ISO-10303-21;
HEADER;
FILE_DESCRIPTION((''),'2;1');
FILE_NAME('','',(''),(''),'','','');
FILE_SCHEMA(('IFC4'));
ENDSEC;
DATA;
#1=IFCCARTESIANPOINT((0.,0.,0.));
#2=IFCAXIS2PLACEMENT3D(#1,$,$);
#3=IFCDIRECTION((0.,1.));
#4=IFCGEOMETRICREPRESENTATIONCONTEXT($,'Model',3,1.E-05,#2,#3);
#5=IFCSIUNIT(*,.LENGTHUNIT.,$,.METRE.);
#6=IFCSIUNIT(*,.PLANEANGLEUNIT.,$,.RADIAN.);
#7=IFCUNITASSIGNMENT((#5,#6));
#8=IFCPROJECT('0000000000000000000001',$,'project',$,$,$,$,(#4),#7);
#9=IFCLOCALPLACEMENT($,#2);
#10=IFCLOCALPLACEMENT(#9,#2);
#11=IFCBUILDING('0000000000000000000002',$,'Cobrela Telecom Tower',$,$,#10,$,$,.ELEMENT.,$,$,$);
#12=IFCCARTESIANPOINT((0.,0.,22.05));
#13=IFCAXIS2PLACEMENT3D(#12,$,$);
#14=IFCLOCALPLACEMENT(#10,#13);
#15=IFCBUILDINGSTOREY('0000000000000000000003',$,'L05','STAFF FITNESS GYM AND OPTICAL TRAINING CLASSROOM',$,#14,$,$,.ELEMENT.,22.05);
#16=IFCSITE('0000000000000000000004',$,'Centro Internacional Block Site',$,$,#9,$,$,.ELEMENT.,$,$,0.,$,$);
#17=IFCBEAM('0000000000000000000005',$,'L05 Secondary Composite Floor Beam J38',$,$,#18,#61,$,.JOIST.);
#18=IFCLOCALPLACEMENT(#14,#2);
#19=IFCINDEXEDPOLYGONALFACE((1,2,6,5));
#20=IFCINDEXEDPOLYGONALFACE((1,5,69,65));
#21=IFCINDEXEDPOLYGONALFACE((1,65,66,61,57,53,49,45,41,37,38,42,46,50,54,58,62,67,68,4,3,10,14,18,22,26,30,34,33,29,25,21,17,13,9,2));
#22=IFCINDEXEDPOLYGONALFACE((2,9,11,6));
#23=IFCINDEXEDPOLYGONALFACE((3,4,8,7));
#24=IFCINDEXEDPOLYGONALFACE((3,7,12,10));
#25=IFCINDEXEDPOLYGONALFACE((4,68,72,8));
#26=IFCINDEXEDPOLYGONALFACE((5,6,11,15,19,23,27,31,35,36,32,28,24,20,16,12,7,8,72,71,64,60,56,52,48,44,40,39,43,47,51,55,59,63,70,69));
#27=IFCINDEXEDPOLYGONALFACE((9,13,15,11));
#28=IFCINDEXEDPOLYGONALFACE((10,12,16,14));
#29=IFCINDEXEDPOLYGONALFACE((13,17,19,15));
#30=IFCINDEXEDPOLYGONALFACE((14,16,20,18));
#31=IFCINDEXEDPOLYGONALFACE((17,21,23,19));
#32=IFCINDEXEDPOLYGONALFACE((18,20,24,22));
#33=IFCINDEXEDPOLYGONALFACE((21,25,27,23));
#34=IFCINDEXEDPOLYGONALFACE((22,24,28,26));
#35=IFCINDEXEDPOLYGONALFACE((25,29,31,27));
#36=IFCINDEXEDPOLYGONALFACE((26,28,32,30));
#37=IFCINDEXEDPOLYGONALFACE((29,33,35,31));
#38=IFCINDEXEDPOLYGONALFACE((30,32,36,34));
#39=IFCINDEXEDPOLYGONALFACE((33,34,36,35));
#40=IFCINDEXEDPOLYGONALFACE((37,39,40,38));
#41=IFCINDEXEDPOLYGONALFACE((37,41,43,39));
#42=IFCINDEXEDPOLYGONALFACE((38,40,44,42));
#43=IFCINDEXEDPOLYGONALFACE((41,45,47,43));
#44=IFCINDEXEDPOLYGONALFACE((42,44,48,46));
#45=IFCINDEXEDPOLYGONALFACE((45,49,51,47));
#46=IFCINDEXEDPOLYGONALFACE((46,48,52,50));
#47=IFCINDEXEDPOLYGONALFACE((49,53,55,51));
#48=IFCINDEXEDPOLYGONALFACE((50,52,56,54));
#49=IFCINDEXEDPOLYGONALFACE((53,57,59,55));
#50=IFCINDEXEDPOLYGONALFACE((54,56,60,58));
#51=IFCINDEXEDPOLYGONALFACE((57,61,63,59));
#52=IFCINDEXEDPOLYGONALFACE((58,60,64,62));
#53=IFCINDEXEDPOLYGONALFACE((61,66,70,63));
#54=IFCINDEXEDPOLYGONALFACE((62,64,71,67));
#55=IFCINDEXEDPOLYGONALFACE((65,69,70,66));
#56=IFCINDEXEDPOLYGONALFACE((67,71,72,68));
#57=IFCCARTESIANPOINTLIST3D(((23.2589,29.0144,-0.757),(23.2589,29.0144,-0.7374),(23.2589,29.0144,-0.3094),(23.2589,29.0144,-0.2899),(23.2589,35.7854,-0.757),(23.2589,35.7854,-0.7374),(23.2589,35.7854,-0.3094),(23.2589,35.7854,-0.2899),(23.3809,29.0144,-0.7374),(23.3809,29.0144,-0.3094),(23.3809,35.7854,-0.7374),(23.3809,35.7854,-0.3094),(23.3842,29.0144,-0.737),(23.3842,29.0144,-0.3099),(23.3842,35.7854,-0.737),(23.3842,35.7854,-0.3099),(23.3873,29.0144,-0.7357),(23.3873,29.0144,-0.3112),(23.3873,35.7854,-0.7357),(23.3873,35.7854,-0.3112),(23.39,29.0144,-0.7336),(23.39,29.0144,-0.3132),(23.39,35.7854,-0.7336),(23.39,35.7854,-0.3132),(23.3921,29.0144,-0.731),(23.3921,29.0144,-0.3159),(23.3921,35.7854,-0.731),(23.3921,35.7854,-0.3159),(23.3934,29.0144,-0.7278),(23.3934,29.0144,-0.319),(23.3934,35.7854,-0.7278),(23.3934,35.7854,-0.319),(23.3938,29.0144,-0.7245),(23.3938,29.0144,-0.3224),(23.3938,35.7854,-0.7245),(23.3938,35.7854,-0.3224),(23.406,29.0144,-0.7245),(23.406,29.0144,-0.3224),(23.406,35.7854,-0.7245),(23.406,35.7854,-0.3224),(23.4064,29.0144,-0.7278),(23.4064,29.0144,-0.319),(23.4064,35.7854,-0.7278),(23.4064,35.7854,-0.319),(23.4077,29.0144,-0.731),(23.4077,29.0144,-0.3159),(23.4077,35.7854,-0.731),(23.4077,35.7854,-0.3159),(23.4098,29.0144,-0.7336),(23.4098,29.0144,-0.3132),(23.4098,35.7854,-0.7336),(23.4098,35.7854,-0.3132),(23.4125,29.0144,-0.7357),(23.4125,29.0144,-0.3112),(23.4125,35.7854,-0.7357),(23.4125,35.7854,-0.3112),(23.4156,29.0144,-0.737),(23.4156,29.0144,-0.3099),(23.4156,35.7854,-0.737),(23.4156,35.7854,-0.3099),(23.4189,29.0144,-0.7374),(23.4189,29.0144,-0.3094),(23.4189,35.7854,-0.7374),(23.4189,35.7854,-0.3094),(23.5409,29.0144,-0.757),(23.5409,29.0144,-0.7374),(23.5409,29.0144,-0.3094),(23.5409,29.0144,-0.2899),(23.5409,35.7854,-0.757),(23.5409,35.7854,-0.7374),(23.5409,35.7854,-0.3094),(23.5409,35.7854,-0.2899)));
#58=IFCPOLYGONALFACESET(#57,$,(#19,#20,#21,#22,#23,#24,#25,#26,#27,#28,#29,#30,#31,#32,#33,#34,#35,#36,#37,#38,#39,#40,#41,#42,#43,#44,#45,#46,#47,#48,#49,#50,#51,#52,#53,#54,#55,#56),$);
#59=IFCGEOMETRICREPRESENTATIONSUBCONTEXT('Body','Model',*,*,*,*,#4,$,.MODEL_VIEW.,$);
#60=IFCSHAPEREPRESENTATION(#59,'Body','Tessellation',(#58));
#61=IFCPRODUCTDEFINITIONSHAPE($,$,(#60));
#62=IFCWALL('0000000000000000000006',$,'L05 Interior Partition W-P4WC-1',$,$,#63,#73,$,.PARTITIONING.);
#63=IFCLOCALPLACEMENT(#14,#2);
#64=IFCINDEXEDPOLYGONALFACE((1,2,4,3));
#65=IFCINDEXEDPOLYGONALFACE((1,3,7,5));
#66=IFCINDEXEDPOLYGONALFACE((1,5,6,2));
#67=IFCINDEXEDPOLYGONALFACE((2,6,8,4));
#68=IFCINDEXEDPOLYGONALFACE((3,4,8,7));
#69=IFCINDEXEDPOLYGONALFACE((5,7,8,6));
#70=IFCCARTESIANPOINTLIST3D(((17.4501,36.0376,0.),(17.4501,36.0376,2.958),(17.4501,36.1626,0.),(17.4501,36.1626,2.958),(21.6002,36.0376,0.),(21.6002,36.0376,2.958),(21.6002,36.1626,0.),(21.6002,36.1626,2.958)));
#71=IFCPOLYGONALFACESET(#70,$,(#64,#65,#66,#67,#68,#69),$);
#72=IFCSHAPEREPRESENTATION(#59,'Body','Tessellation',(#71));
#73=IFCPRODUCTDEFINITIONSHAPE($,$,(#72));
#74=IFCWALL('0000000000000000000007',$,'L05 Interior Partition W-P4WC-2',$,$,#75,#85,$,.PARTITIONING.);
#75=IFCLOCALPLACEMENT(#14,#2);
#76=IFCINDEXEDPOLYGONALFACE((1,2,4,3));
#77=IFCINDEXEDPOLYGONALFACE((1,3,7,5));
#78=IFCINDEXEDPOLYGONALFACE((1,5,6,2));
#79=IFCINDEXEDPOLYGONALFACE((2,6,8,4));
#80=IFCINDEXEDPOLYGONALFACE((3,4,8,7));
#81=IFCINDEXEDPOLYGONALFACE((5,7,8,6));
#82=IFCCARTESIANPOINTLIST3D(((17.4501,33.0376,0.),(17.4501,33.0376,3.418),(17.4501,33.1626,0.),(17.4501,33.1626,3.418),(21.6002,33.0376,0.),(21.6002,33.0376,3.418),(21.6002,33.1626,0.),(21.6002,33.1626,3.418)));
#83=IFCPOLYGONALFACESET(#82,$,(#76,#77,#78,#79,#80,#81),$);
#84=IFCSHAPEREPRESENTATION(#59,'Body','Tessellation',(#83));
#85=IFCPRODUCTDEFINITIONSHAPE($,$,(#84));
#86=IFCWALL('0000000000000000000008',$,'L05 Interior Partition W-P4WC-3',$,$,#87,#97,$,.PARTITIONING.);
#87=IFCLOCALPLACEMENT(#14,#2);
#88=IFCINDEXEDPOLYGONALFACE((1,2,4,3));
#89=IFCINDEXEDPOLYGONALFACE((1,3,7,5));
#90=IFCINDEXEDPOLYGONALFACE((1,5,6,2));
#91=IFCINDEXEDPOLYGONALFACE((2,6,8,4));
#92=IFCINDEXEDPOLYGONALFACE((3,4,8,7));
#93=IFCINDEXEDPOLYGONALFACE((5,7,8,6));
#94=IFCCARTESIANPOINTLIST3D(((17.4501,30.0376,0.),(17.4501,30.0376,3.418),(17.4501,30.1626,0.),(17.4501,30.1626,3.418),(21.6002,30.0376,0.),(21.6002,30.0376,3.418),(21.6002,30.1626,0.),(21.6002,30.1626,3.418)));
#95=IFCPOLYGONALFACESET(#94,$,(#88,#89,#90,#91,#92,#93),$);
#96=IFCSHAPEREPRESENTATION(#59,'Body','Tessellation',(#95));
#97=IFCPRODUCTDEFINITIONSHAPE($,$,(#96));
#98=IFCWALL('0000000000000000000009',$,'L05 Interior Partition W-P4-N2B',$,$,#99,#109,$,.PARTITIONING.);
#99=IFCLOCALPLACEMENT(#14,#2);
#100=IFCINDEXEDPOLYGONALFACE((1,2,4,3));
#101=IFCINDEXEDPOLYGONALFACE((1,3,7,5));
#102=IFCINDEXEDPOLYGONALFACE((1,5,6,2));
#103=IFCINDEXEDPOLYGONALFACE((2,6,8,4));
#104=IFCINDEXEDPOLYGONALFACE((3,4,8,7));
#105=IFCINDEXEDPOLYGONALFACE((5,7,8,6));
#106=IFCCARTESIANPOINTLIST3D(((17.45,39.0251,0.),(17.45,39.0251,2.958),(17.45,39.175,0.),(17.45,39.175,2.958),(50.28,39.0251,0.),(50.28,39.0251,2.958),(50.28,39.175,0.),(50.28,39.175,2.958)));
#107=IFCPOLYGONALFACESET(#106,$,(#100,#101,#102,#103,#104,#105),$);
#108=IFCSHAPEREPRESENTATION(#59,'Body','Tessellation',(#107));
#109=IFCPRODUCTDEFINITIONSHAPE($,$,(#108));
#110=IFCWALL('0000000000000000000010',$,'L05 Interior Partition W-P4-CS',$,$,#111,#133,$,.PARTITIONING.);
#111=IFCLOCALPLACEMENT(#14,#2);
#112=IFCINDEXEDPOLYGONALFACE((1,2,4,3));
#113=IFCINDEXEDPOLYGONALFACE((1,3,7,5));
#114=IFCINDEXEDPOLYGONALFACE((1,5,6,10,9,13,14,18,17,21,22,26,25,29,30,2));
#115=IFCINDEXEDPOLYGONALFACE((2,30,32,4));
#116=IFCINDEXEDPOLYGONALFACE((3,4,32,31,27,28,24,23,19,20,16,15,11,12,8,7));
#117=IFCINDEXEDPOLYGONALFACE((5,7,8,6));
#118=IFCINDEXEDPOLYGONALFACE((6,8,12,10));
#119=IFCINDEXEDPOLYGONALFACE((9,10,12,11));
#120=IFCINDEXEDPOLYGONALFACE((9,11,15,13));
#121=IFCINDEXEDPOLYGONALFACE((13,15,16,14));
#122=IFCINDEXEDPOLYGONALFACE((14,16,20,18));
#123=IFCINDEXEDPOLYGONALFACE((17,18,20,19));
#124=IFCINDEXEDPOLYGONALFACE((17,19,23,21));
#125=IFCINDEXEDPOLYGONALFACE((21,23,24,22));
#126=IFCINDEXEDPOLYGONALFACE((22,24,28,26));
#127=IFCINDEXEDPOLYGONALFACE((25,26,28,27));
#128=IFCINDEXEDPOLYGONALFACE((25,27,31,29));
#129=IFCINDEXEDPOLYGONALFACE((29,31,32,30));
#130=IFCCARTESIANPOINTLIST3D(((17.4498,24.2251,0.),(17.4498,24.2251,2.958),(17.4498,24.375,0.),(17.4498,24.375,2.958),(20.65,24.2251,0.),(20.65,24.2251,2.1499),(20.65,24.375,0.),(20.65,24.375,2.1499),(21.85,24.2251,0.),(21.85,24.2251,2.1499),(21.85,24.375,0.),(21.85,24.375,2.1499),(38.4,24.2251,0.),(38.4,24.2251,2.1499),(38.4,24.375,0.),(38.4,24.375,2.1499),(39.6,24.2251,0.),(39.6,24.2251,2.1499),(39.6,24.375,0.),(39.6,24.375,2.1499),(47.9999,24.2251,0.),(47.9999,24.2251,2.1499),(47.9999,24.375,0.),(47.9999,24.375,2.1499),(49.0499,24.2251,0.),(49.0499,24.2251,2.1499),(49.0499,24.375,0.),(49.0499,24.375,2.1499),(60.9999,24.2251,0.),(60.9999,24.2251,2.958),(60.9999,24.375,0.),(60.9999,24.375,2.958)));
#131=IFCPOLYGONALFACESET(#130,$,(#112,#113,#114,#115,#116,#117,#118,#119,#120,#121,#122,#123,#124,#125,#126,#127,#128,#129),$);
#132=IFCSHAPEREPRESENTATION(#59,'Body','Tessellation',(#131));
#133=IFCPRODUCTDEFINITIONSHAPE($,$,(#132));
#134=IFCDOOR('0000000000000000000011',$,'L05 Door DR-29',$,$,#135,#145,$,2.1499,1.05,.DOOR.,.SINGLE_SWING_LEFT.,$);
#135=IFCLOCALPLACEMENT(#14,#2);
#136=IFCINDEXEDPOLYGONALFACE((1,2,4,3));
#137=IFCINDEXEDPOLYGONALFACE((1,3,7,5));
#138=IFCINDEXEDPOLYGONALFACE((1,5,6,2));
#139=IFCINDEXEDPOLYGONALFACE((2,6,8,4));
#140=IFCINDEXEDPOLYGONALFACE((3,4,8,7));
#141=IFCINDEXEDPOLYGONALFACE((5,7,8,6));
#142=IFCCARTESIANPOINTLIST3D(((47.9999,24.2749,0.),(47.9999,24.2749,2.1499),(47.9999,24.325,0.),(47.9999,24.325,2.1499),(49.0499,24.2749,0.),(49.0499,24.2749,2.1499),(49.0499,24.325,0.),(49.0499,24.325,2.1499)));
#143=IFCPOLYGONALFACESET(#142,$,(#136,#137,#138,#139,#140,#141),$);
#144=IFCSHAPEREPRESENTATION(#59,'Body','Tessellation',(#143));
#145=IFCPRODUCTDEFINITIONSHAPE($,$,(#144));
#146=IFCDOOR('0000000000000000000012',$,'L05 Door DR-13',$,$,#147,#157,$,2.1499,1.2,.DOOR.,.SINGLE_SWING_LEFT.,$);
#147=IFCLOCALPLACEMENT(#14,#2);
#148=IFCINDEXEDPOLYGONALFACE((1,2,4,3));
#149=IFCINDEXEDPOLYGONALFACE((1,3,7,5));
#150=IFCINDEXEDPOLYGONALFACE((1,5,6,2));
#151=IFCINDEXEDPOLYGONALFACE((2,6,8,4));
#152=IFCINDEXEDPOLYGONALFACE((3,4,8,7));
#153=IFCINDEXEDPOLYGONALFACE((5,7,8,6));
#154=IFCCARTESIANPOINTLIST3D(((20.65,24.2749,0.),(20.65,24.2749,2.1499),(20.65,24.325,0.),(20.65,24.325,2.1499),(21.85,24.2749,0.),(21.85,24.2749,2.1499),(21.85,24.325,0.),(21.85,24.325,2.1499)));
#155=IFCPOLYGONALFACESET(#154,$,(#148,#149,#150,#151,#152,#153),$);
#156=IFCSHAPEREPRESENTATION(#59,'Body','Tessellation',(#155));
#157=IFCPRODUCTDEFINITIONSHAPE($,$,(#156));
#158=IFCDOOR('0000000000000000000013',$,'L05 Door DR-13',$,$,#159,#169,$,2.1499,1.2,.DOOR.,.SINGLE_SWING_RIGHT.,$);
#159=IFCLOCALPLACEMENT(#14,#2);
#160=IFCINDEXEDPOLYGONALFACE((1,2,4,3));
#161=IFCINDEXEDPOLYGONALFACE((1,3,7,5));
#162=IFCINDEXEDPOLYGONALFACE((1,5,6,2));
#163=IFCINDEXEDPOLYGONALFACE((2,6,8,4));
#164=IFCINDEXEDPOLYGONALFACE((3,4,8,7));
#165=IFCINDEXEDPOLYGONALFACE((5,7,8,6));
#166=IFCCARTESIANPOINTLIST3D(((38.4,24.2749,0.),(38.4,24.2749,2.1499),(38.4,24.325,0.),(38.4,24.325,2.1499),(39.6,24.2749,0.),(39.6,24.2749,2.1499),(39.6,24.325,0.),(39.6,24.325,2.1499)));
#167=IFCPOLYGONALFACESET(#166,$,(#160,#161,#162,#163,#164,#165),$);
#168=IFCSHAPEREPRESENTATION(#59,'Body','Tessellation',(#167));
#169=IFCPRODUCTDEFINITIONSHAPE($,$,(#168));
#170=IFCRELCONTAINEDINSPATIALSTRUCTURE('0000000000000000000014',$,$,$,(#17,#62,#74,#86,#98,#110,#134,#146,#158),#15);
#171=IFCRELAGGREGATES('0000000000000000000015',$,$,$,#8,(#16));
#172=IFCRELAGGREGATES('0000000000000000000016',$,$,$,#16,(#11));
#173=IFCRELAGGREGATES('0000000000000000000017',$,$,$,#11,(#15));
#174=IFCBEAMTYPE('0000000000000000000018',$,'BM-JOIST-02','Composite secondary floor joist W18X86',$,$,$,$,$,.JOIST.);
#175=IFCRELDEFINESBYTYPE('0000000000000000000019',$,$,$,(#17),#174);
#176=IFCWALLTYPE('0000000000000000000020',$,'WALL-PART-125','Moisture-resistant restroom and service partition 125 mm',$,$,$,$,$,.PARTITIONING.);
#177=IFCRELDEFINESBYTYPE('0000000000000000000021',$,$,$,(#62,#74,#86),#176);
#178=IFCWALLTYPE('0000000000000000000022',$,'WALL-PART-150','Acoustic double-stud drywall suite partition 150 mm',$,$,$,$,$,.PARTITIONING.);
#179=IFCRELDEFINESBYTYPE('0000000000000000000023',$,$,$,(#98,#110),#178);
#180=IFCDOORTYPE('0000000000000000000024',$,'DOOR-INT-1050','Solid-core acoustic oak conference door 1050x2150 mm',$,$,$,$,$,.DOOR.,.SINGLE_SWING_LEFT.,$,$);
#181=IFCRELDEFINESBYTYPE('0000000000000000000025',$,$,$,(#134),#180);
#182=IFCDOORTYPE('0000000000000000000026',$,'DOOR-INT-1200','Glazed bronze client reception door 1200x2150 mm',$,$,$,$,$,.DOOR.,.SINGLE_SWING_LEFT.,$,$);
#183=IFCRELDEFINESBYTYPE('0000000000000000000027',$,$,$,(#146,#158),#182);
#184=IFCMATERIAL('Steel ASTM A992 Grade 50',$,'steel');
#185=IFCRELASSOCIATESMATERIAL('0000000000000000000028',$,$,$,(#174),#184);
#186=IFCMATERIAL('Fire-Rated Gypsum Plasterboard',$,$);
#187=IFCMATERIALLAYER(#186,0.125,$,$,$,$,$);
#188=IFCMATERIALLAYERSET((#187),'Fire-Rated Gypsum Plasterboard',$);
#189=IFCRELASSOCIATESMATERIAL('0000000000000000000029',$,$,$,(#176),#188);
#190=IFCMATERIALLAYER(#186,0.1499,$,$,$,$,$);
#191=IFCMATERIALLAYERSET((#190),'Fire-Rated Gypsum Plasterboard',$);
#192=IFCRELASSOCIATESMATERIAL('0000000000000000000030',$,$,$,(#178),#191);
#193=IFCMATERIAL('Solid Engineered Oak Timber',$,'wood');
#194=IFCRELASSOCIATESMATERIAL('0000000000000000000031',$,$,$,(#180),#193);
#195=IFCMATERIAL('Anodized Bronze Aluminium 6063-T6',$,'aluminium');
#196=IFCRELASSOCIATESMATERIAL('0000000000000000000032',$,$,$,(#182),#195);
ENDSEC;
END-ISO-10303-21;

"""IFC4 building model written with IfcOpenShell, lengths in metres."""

from ifc_helpers import new_model, si_unit, direction, frame, frame_2d, origin, origin_2d, place, context, subcontext, project, spatial, rectangle, i_section, extrude, material, layer, layer_set, material_profile, profile_set, type_object, element, fill, save


model = new_model("IFC4")

# Units and contexts
model_context = context("Model", 3, precision=1e-05, world=origin(), true_north=direction((0.0, 1.0)))
body_context = subcontext(model_context, "Body", "Model", "MODEL_VIEW")
ifc_project = project(units=[si_unit("LENGTHUNIT", "METRE"), si_unit("PLANEANGLEUNIT", "RADIAN")], contexts=[model_context])

# Site, building, storey
site_placement = place(None, origin())
site = spatial("IfcSite", under=ifc_project, at=site_placement, Name="Centro Internacional Block Site", CompositionType="ELEMENT", RefElevation=0.0)
building_placement = place(site_placement, origin())
building = spatial("IfcBuilding", under=site, at=building_placement, Name="Cobrela Telecom Tower", CompositionType="ELEMENT")
storey_placement = place(building_placement, frame((0.0, 0.0, 22.05)))
storey = spatial("IfcBuildingStorey", under=building, at=storey_placement, Name="L05", Description="STAFF FITNESS GYM AND OPTICAL TRAINING CLASSROOM", CompositionType="ELEMENT", Elevation=22.05)

# Beam
ifc_material_1 = material(Name="Steel ASTM A992 Grade 50", Category="steel")
ifc_material_profile_1 = material_profile(ifc_material_1, i_section(OverallWidth=0.282, OverallDepth=0.467, WebThickness=0.0122, FlangeThickness=0.0195, FilletRadius=0.0129, at=origin_2d()), Name="W18X86")
ifc_profile_set_1 = profile_set([ifc_material_profile_1], Name="Steel ASTM A992 Grade 50")
beam_type_1 = type_object("IfcBeamType", Name="BM-JOIST-02", Description="Composite secondary floor joist W18X86", PredefinedType="JOIST", material=ifc_profile_set_1)
beam_1_placement = place(storey_placement, frame((23.3999, 29.0144, -0.5234), z_axis=(0.0, 1.0, 0.0), x_axis=(-1.0, 0.0, 0.0)))
element("IfcBeam", 1, at=beam_1_placement, inside=storey, type_object=beam_type_1, Name="L05 Secondary Composite Floor Beam J38", PredefinedType="JOIST", context=body_context, shape_type="SweptSolid", body=[
    extrude(i_section(OverallWidth=0.282, OverallDepth=0.467, WebThickness=0.0122, FlangeThickness=0.0195, FilletRadius=0.0129, at=origin_2d()), origin(), (0.0, 0.0, 1.0), 6.771),
])

# Walls
ifc_material_2 = material(Name="Fire-Rated Gypsum Plasterboard")
ifc_layer_1 = layer(ifc_material_2, 0.125)
ifc_layer_set_1 = layer_set([ifc_layer_1], Name="Fire-Rated Gypsum Plasterboard")
wall_type_1 = type_object("IfcWallType", Name="WALL-PART-125", Description="Moisture-resistant restroom and service partition 125 mm", PredefinedType="PARTITIONING", material=ifc_layer_set_1)
wall_1_placement = place(storey_placement, frame((17.45, 36.1001, 0.0), z_axis=(0.0, 0.0, 1.0), x_axis=(1.0, 0.0, 0.0)))
element("IfcWall", 2, at=wall_1_placement, inside=storey, type_object=wall_type_1, Name="L05 Interior Partition W-P4WC-1", PredefinedType="PARTITIONING", context=body_context, shape_type="SweptSolid", body=[
    extrude(rectangle(XDim=4.1501, YDim=0.125, at=frame_2d((2.0752, 0.0))), origin(), (0.0, 0.0, 1.0), 2.958),
])
for number, where, z_axis, x_axis, name in (
    (3, (17.45, 33.1001, 0.0), (0.0, 0.0, 1.0), (1.0, 0.0, 0.0), "L05 Interior Partition W-P4WC-2"),
    (4, (17.45, 30.1001, 0.0), (0.0, 0.0, 1.0), (1.0, 0.0, 0.0), "L05 Interior Partition W-P4WC-3"),
):
    element("IfcWall", number, at=place(storey_placement, frame(where, z_axis=z_axis, x_axis=x_axis)), inside=storey, type_object=wall_type_1, Name=name, PredefinedType="PARTITIONING", context=body_context, shape_type="SweptSolid", body=[
        extrude(rectangle(XDim=4.1501, YDim=0.125, at=frame_2d((2.0752, 0.0))), origin(), (0.0, 0.0, 1.0), 3.418),
    ])

# Shared definitions
ifc_layer_2 = layer(ifc_material_2, 0.1499)
ifc_layer_set_2 = layer_set([ifc_layer_2], Name="Fire-Rated Gypsum Plasterboard")
wall_type_2 = type_object("IfcWallType", Name="WALL-PART-150", Description="Acoustic double-stud drywall suite partition 150 mm", PredefinedType="PARTITIONING", material=ifc_layer_set_2)
ifc_material_3 = material(Name="Solid Engineered Oak Timber", Category="wood")

# Wall
wall_2_placement = place(storey_placement, frame((17.45, 39.1001, 0.0), z_axis=(0.0, 0.0, 1.0), x_axis=(1.0, 0.0, 0.0)))
element("IfcWall", 5, at=wall_2_placement, inside=storey, type_object=wall_type_2, Name="L05 Interior Partition W-P4-N2B", PredefinedType="PARTITIONING", context=body_context, shape_type="SweptSolid", body=[
    extrude(rectangle(XDim=32.8301, YDim=0.1499, at=frame_2d((16.415, 0.0))), origin(), (0.0, 0.0, 1.0), 2.958),
])

# Wall, openings, doors
wall_3_placement = place(storey_placement, frame((17.45, 24.3, 0.0), z_axis=(0.0, 0.0, 1.0), x_axis=(1.0, 0.0, 0.0)))
wall_3 = element("IfcWall", 6, at=wall_3_placement, inside=storey, type_object=wall_type_2, Name="L05 Interior Partition W-P4-CS", PredefinedType="PARTITIONING", context=body_context, shape_type="SweptSolid", body=[
    extrude(rectangle(XDim=43.55, YDim=0.1499, at=frame_2d((21.7749, 0.0))), origin(), (0.0, 0.0, 1.0), 2.958),
])
opening_1_placement = place(wall_3_placement, frame((3.2, 0.0, 0.0)))
opening_1 = element("IfcOpeningElement", 7, at=opening_1_placement, cuts=wall_3, PredefinedType="OPENING", context=body_context, shape_type="SweptSolid", body=[
    extrude(rectangle(XDim=1.2, YDim=2.1499, at=frame_2d((0.6001, 1.075))), frame((0.0, 0.0869, 0.0), z_axis=(0.0, -1.0, 0.0), x_axis=(1.0, 0.0, 0.0)), (0.0, 0.0, 1.0), 0.1738),
])
opening_2_placement = place(wall_3_placement, frame((20.95, 0.0, 0.0)))
opening_2 = element("IfcOpeningElement", 8, at=opening_2_placement, cuts=wall_3, PredefinedType="OPENING", context=body_context, shape_type="SweptSolid", body=[
    extrude(rectangle(XDim=1.2, YDim=2.1499, at=frame_2d((0.6001, 1.075))), frame((0.0, 0.0869, 0.0), z_axis=(0.0, -1.0, 0.0), x_axis=(1.0, 0.0, 0.0)), (0.0, 0.0, 1.0), 0.1738),
])
opening_3_placement = place(wall_3_placement, frame((30.55, 0.0, 0.0)))
opening_3 = element("IfcOpeningElement", 9, at=opening_3_placement, cuts=wall_3, PredefinedType="OPENING", context=body_context, shape_type="SweptSolid", body=[
    extrude(rectangle(XDim=1.05, YDim=2.1499, at=frame_2d((0.5249, 1.075))), frame((0.0, 0.0869, 0.0), z_axis=(0.0, -1.0, 0.0), x_axis=(1.0, 0.0, 0.0)), (0.0, 0.0, 1.0), 0.1738),
])
door_type_1 = type_object("IfcDoorType", Name="DOOR-INT-1050", Description="Solid-core acoustic oak conference door 1050x2150 mm", OperationType="SINGLE_SWING_LEFT", PredefinedType="DOOR", material=ifc_material_3)
door_1_placement = place(opening_3_placement, origin())
door_1 = element("IfcDoor", 10, at=door_1_placement, inside=storey, type_object=door_type_1, Name="L05 Door DR-29", OperationType="SINGLE_SWING_LEFT", OverallHeight=2.1499, OverallWidth=1.05, PredefinedType="DOOR", context=body_context, shape_type="SweptSolid", body=[
    extrude(rectangle(XDim=1.05, YDim=2.1499, at=frame_2d((0.5249, 1.075))), frame((0.0, 0.0249, 0.0), z_axis=(0.0, -1.0, 0.0), x_axis=(1.0, 0.0, 0.0)), (0.0, 0.0, 1.0), 0.05),
])
fill(opening_3, door_1)
ifc_material_4 = material(Name="Anodized Bronze Aluminium 6063-T6", Category="aluminium")
door_type_2 = type_object("IfcDoorType", Name="DOOR-INT-1200", Description="Glazed bronze client reception door 1200x2150 mm", OperationType="SINGLE_SWING_LEFT", PredefinedType="DOOR", material=ifc_material_4)
door_2_placement = place(opening_1_placement, origin())
door_2 = element("IfcDoor", 11, at=door_2_placement, inside=storey, type_object=door_type_2, Name="L05 Door DR-13", OperationType="SINGLE_SWING_LEFT", OverallHeight=2.1499, OverallWidth=1.2, PredefinedType="DOOR", context=body_context, shape_type="SweptSolid", body=[
    extrude(rectangle(XDim=1.2, YDim=2.1499, at=frame_2d((0.6001, 1.075))), frame((0.0, 0.0249, 0.0), z_axis=(0.0, -1.0, 0.0), x_axis=(1.0, 0.0, 0.0)), (0.0, 0.0, 1.0), 0.05),
])
fill(opening_1, door_2)
door_3_placement = place(opening_2_placement, origin())
door_3 = element("IfcDoor", 12, at=door_3_placement, inside=storey, type_object=door_type_2, Name="L05 Door DR-13", OperationType="SINGLE_SWING_RIGHT", OverallHeight=2.1499, OverallWidth=1.2, PredefinedType="DOOR", context=body_context, shape_type="SweptSolid", body=[
    extrude(rectangle(XDim=1.2, YDim=2.1499, at=frame_2d((0.6001, 1.075))), frame((0.0, 0.0249, 0.0), z_axis=(0.0, -1.0, 0.0), x_axis=(1.0, 0.0, 0.0)), (0.0, 0.0, 1.0), 0.05),
])
fill(opening_2, door_3)

save(model, "model.ifc")
